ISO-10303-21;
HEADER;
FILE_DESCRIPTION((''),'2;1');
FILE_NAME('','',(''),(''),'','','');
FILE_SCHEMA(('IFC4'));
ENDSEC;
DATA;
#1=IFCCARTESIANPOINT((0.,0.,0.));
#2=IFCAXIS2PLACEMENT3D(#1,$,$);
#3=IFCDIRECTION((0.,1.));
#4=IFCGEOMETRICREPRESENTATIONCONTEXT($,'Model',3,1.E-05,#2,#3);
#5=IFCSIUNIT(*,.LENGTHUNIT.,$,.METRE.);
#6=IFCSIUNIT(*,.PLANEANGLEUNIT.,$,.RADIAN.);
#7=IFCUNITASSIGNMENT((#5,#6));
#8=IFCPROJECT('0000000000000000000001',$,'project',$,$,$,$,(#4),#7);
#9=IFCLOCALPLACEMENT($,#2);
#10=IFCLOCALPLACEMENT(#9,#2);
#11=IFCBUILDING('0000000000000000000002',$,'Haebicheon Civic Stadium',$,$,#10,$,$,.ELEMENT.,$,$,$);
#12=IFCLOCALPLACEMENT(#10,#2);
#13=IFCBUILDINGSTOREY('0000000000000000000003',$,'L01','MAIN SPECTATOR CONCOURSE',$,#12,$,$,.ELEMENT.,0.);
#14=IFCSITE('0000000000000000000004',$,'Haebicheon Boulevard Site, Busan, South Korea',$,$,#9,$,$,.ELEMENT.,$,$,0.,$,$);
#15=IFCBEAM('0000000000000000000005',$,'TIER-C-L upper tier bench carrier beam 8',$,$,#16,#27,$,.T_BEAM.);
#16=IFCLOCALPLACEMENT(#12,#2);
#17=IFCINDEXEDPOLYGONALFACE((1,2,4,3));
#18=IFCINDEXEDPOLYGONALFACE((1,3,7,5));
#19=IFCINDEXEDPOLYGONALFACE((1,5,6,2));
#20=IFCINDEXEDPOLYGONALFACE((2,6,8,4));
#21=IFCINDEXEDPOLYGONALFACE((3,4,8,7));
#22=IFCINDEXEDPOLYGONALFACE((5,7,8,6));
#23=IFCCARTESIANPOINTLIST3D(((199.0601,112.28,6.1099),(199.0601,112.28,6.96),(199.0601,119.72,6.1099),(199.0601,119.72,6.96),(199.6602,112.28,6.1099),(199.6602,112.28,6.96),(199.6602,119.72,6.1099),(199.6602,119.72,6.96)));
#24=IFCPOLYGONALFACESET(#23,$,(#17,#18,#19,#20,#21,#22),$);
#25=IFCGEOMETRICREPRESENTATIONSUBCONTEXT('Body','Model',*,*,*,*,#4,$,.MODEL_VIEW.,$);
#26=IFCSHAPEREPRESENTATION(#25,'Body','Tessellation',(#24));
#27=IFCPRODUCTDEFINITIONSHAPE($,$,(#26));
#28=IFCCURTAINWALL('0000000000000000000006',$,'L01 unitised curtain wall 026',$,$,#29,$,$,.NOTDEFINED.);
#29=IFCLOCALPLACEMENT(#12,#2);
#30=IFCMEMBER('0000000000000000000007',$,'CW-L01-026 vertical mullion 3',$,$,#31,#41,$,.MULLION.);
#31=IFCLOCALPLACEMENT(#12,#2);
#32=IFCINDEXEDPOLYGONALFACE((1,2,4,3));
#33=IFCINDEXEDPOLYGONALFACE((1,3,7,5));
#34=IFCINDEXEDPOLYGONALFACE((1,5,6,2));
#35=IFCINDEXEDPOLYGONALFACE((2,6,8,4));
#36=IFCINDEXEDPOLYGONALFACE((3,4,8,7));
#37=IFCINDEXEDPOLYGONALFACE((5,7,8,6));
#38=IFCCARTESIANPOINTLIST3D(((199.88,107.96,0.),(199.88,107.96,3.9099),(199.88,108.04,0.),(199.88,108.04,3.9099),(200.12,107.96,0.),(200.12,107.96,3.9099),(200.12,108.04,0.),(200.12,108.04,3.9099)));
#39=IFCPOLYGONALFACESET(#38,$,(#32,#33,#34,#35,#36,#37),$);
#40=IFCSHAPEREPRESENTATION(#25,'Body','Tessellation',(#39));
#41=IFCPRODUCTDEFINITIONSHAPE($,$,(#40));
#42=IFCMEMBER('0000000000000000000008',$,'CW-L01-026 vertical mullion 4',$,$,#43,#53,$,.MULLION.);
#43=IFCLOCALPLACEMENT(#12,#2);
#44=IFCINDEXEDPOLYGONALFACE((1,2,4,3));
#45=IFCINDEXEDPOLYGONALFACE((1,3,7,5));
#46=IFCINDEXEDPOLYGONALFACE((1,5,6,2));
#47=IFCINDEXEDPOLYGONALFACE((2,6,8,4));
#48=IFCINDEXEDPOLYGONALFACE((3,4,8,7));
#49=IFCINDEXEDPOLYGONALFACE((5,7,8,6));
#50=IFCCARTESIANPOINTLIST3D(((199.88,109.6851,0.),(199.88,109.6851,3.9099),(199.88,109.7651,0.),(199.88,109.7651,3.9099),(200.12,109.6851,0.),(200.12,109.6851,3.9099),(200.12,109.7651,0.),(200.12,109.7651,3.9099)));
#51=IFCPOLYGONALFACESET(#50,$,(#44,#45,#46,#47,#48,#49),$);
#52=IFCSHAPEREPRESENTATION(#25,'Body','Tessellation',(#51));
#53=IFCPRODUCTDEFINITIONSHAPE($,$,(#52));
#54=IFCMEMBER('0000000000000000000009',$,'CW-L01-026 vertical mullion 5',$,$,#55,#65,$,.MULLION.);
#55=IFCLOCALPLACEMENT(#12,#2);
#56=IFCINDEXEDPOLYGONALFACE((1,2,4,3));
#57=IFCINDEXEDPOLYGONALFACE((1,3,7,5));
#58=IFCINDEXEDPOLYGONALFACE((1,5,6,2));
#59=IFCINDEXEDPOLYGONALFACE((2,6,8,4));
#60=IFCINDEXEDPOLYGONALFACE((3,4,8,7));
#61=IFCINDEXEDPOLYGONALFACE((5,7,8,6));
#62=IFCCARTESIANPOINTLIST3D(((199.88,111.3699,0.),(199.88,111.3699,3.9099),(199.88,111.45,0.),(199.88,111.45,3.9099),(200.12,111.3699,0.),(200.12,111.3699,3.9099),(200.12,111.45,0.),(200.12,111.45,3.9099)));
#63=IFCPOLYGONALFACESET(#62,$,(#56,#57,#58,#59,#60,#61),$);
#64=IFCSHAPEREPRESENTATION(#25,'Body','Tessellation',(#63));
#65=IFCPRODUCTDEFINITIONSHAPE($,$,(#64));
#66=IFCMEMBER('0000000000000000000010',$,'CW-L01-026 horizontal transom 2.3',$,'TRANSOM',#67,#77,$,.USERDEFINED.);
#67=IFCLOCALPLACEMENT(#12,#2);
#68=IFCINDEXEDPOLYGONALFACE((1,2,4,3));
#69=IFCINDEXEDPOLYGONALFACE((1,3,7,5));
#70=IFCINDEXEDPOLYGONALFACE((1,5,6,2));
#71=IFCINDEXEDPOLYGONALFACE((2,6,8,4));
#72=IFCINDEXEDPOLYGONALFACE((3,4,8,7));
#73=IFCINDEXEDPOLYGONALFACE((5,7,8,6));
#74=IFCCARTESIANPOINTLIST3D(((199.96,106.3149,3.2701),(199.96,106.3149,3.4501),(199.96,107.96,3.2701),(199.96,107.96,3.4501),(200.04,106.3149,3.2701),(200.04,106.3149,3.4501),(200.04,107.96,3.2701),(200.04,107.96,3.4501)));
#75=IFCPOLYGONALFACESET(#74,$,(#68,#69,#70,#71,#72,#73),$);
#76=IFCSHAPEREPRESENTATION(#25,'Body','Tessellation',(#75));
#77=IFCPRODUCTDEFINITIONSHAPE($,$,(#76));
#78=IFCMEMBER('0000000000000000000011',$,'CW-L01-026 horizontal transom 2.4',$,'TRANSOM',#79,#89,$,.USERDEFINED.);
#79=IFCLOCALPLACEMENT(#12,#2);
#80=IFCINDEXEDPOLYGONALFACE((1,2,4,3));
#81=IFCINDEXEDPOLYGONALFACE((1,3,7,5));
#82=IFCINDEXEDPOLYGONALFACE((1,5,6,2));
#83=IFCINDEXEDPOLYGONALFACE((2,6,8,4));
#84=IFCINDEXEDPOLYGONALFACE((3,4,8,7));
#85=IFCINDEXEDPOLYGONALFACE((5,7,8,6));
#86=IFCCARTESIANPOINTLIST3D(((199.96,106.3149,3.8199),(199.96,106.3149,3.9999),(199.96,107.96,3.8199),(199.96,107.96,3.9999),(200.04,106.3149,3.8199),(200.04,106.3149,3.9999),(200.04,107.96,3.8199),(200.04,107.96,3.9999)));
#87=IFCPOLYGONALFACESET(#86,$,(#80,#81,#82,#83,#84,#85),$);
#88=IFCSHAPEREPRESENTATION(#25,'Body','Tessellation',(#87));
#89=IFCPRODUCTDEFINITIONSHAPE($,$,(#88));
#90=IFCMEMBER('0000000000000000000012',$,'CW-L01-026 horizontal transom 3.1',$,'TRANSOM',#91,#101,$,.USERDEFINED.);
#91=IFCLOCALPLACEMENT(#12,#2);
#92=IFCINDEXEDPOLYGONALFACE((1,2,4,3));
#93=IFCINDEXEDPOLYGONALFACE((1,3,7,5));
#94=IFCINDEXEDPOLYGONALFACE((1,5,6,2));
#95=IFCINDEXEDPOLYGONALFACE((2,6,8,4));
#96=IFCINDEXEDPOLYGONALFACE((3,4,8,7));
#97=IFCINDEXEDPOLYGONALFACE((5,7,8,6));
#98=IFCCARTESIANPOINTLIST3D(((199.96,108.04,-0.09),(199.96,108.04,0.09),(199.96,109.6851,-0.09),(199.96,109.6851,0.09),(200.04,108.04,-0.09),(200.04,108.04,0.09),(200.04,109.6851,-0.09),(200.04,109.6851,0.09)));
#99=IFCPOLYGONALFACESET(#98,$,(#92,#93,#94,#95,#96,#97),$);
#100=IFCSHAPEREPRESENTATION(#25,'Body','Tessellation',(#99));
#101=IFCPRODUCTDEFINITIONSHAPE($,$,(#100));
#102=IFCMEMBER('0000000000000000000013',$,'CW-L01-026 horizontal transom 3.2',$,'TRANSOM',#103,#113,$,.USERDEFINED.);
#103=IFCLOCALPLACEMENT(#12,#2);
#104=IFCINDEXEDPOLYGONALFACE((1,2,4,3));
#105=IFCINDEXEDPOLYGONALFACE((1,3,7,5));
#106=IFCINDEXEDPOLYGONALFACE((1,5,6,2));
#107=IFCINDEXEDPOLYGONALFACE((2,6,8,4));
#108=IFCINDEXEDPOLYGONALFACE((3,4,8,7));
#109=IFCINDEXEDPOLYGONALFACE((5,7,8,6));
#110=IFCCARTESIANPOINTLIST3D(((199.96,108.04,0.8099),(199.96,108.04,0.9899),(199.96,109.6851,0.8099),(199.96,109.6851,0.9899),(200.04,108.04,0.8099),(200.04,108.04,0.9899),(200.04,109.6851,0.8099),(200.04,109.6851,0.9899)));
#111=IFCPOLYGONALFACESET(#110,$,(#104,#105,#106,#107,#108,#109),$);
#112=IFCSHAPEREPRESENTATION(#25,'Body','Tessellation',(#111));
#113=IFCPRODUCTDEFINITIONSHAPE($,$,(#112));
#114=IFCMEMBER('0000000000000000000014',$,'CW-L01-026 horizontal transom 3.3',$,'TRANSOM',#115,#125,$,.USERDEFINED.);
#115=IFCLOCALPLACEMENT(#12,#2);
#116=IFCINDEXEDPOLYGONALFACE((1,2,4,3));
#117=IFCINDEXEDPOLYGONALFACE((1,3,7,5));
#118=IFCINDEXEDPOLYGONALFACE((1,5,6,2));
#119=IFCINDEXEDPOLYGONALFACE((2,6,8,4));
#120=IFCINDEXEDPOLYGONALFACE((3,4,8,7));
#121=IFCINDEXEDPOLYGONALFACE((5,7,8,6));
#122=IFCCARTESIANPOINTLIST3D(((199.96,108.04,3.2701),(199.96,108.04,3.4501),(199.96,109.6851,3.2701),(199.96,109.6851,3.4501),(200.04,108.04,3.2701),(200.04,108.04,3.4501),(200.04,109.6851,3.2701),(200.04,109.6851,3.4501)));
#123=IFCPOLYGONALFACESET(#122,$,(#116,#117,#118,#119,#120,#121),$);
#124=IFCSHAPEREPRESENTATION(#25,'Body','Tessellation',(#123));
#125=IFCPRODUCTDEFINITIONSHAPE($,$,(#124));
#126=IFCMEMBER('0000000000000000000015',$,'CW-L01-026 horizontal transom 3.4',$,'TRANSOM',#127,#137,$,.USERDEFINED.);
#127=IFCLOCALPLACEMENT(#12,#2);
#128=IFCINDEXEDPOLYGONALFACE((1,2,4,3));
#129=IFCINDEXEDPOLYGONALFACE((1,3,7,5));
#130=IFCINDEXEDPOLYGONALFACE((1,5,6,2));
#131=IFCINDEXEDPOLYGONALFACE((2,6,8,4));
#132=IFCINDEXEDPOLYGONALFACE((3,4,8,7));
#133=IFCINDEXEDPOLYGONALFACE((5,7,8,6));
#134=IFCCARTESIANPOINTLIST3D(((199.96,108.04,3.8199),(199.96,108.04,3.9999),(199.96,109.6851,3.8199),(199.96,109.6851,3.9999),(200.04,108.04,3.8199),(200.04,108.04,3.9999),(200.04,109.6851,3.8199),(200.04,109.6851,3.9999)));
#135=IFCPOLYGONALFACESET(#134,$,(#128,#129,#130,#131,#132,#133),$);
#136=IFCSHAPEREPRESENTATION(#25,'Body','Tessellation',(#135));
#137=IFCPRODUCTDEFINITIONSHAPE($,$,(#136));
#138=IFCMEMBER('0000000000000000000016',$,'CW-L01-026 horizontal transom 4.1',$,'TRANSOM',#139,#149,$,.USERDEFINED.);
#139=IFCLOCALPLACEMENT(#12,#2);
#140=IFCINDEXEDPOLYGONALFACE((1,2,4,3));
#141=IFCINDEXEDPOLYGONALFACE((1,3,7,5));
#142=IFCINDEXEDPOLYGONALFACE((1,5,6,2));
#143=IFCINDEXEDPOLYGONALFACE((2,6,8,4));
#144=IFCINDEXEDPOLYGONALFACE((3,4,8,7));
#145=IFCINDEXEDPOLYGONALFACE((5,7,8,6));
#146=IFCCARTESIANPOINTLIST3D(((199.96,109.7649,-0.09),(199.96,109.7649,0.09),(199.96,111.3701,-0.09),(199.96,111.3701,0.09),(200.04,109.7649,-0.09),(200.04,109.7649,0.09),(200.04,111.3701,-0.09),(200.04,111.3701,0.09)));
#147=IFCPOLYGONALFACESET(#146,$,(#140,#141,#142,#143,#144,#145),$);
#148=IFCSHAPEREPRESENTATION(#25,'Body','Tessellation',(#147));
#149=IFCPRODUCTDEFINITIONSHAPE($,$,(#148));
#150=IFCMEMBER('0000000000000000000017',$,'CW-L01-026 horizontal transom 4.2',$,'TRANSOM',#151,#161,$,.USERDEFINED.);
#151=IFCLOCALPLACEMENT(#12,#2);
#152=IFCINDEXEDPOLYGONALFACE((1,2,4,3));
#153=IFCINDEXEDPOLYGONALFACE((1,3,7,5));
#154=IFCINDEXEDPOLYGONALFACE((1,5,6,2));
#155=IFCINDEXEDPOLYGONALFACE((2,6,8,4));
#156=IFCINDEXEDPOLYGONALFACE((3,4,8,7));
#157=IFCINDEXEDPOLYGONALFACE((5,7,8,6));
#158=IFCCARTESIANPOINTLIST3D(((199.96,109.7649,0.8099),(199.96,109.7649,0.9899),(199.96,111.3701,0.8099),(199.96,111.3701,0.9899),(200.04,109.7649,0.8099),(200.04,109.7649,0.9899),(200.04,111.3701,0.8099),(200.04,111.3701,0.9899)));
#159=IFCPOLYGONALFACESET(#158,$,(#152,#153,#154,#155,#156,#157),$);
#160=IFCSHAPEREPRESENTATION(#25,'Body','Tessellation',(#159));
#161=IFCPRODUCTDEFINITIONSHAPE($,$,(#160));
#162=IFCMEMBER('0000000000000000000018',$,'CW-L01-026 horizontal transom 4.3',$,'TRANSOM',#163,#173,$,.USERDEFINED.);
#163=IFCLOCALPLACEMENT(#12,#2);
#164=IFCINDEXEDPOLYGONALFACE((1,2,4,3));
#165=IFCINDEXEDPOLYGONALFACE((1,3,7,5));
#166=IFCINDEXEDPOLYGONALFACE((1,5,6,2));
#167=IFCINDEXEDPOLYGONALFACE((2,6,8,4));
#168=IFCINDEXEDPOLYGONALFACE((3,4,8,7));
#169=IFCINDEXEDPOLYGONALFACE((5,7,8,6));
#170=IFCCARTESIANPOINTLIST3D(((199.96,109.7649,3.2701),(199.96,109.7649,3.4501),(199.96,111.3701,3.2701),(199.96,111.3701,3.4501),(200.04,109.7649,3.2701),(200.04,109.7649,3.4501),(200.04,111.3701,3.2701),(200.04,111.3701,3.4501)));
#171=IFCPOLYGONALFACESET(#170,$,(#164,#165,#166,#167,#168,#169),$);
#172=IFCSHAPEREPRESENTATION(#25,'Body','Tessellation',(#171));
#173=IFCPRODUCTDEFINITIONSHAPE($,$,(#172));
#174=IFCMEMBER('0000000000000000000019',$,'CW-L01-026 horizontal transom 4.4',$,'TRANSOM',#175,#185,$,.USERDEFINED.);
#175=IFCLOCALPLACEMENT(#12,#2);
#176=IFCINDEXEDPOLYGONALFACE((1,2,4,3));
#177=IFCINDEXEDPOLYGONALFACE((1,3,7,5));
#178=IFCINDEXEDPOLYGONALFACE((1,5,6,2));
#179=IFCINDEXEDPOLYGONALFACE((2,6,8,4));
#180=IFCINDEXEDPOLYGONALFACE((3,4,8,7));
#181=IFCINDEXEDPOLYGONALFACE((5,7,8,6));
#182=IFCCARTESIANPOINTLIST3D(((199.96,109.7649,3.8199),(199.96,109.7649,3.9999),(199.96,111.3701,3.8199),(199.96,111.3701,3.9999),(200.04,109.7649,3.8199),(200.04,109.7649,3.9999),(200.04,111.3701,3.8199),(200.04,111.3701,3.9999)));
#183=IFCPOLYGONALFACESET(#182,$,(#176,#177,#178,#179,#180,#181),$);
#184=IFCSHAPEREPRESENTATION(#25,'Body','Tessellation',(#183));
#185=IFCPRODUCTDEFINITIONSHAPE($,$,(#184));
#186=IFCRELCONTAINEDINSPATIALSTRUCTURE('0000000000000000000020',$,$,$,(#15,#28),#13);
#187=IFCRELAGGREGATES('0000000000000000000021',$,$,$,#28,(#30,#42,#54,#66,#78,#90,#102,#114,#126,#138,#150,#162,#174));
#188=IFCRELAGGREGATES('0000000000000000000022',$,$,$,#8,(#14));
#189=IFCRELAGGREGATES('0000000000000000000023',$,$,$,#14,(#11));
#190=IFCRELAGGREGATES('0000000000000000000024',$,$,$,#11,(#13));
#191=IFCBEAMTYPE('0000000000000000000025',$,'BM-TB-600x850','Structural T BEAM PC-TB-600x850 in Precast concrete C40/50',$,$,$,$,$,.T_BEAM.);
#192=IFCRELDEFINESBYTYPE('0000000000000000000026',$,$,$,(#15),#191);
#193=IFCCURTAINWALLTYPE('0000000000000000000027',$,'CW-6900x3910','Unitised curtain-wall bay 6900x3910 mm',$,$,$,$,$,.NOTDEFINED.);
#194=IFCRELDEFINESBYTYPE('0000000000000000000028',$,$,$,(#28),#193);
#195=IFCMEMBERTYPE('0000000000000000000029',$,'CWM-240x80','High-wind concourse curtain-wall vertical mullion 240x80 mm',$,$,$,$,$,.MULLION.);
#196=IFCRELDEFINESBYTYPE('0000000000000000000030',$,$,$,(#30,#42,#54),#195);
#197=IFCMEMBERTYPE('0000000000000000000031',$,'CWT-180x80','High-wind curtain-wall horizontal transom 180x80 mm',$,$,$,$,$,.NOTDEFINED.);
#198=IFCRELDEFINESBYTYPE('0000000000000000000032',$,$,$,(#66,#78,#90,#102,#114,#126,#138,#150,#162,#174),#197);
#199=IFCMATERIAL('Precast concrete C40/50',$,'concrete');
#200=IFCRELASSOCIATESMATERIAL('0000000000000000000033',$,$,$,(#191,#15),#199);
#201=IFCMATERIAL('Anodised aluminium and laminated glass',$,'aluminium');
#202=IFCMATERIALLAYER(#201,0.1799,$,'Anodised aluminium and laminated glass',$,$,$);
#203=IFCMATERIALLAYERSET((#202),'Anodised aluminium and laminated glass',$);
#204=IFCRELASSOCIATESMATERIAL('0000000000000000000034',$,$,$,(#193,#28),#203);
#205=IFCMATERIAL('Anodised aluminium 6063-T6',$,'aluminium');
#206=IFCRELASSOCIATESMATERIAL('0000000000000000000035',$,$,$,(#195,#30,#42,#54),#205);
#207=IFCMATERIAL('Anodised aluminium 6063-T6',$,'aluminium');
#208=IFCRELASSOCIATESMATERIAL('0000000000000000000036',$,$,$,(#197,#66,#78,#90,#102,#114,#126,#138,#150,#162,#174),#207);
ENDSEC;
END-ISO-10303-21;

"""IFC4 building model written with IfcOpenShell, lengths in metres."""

from ifc_helpers import new_model, si_unit, direction, frame, origin, origin_2d, place, context, subcontext, project, spatial, rectangle, extrude, material, layer, layer_set, material_profile, profile_set, type_object, element, aggregate, save


model = new_model("IFC4")

# Units and contexts
model_context = context("Model", 3, precision=1e-05, world=origin(), true_north=direction((0.0, 1.0)))
body_context = subcontext(model_context, "Body", "Model", "MODEL_VIEW")
ifc_project = project(units=[si_unit("LENGTHUNIT", "METRE"), si_unit("PLANEANGLEUNIT", "RADIAN")], contexts=[model_context])

# Site, building, storey
site_placement = place(None, origin())
site = spatial("IfcSite", under=ifc_project, at=site_placement, Name="Haebicheon Boulevard Site, Busan, South Korea", CompositionType="ELEMENT", RefElevation=0.0)
building_placement = place(site_placement, origin())
building = spatial("IfcBuilding", under=site, at=building_placement, Name="Haebicheon Civic Stadium", CompositionType="ELEMENT")
storey_placement = place(building_placement, origin())
storey = spatial("IfcBuildingStorey", under=building, at=storey_placement, Name="L01", Description="MAIN SPECTATOR CONCOURSE", CompositionType="ELEMENT", Elevation=0.0)

# Beam
ifc_material_1 = material(Name="Precast concrete C40/50", Category="concrete")
ifc_material_profile_1 = material_profile(ifc_material_1, rectangle(XDim=0.6001, YDim=0.8501, at=origin_2d()), Name="PC-TB-600x850")
ifc_profile_set_1 = profile_set([ifc_material_profile_1], Name="Precast concrete C40/50")
beam_type_1 = type_object("IfcBeamType", Name="BM-TB-600x850", Description="Structural T BEAM PC-TB-600x850 in Precast concrete C40/50", PredefinedType="T_BEAM", material=ifc_profile_set_1)
beam_1_placement = place(storey_placement, frame((199.3601, 112.28, 6.5349), z_axis=(0.0, 1.0, 0.0), x_axis=(-1.0, 0.0, 0.0)))
element("IfcBeam", 1, at=beam_1_placement, inside=storey, type_object=beam_type_1, material=ifc_profile_set_1, Name="TIER-C-L upper tier bench carrier beam 8", PredefinedType="T_BEAM", context=body_context, shape_type="SweptSolid", body=[
    extrude(rectangle(XDim=0.6001, YDim=0.8501, at=origin_2d()), origin(), (0.0, 0.0, 1.0), 7.4399),
])

# Curtain wall, members
ifc_material_2 = material(Name="Anodised aluminium and laminated glass", Category="aluminium")
ifc_layer_1 = layer(ifc_material_2, 0.1799, Name="Anodised aluminium and laminated glass")
ifc_layer_set_1 = layer_set([ifc_layer_1], Name="Anodised aluminium and laminated glass")
curtain_wall_type = type_object("IfcCurtainWallType", Name="CW-6900x3910", Description="Unitised curtain-wall bay 6900x3910 mm", PredefinedType="NOTDEFINED", material=ifc_layer_set_1)
curtain_wall_placement = place(storey_placement, origin())
curtain_wall = element("IfcCurtainWall", 2, at=curtain_wall_placement, inside=storey, type_object=curtain_wall_type, material=ifc_layer_set_1, Name="L01 unitised curtain wall 026", PredefinedType="NOTDEFINED")
ifc_material_3 = material(Name="Anodised aluminium 6063-T6", Category="aluminium")
ifc_material_profile_2 = material_profile(ifc_material_3, rectangle(XDim=0.0801, YDim=0.24, at=origin_2d()), Name="ALU-MULL-80x240")
ifc_profile_set_2 = profile_set([ifc_material_profile_2], Name="Anodised aluminium 6063-T6")
member_type_1 = type_object("IfcMemberType", Name="CWM-240x80", Description="High-wind concourse curtain-wall vertical mullion 240x80 mm", PredefinedType="MULLION", material=ifc_profile_set_2)
member_1_placement = place(storey_placement, frame((200.0, 108.0, 0.0), z_axis=(0.0, 0.0, 1.0), x_axis=(0.0, 1.0, 0.0)))
member_1 = element("IfcMember", 3, at=member_1_placement, type_object=member_type_1, material=ifc_profile_set_2, Name="CW-L01-026 vertical mullion 3", PredefinedType="MULLION", context=body_context, shape_type="SweptSolid", body=[
    extrude(rectangle(XDim=0.0801, YDim=0.24, at=origin_2d()), origin(), (0.0, 0.0, 1.0), 3.9099),
])
member_2_placement = place(storey_placement, frame((200.0, 109.7251, 0.0), z_axis=(0.0, 0.0, 1.0), x_axis=(0.0, 1.0, 0.0)))
member_2 = element("IfcMember", 4, at=member_2_placement, type_object=member_type_1, material=ifc_profile_set_2, Name="CW-L01-026 vertical mullion 4", PredefinedType="MULLION", context=body_context, shape_type="SweptSolid", body=[
    extrude(rectangle(XDim=0.0801, YDim=0.24, at=origin_2d()), origin(), (0.0, 0.0, 1.0), 3.9099),
])
member_3_placement = place(storey_placement, frame((200.0, 111.4099, 0.0), z_axis=(0.0, 0.0, 1.0), x_axis=(0.0, 1.0, 0.0)))
member_3 = element("IfcMember", 5, at=member_3_placement, type_object=member_type_1, material=ifc_profile_set_2, Name="CW-L01-026 vertical mullion 5", PredefinedType="MULLION", context=body_context, shape_type="SweptSolid", body=[
    extrude(rectangle(XDim=0.0801, YDim=0.24, at=origin_2d()), origin(), (0.0, 0.0, 1.0), 3.9099),
])
ifc_material_4 = material(Name="Anodised aluminium 6063-T6", Category="aluminium")
ifc_material_profile_3 = material_profile(ifc_material_4, rectangle(XDim=0.0801, YDim=0.1799, at=origin_2d()), Name="ALU-TRAN-80x180")
ifc_profile_set_3 = profile_set([ifc_material_profile_3], Name="Anodised aluminium 6063-T6")
member_type_2 = type_object("IfcMemberType", Name="CWT-180x80", Description="High-wind curtain-wall horizontal transom 180x80 mm", PredefinedType="NOTDEFINED", material=ifc_profile_set_3)
member_4_placement = place(storey_placement, frame((200.0, 106.3149, 3.3601), z_axis=(0.0, 1.0, 0.0), x_axis=(-1.0, 0.0, 0.0)))
member_4 = element("IfcMember", 6, at=member_4_placement, type_object=member_type_2, material=ifc_profile_set_3, Name="CW-L01-026 horizontal transom 2.3", ObjectType="TRANSOM", PredefinedType="USERDEFINED", context=body_context, shape_type="SweptSolid", body=[
    extrude(rectangle(XDim=0.0801, YDim=0.1799, at=origin_2d()), origin(), (0.0, 0.0, 1.0), 1.645),
])
member_5_placement = place(storey_placement, frame((200.0, 106.3149, 3.9099), z_axis=(0.0, 1.0, 0.0), x_axis=(-1.0, 0.0, 0.0)))
member_5 = element("IfcMember", 7, at=member_5_placement, type_object=member_type_2, material=ifc_profile_set_3, Name="CW-L01-026 horizontal transom 2.4", ObjectType="TRANSOM", PredefinedType="USERDEFINED", context=body_context, shape_type="SweptSolid", body=[
    extrude(rectangle(XDim=0.0801, YDim=0.1799, at=origin_2d()), origin(), (0.0, 0.0, 1.0), 1.645),
])
member_6_placement = place(storey_placement, frame((200.0, 108.04, 0.0), z_axis=(0.0, 1.0, 0.0), x_axis=(-1.0, 0.0, 0.0)))
member_6 = element("IfcMember", 8, at=member_6_placement, type_object=member_type_2, material=ifc_profile_set_3, Name="CW-L01-026 horizontal transom 3.1", ObjectType="TRANSOM", PredefinedType="USERDEFINED", context=body_context, shape_type="SweptSolid", body=[
    extrude(rectangle(XDim=0.0801, YDim=0.1799, at=origin_2d()), origin(), (0.0, 0.0, 1.0), 1.645),
])
member_7_placement = place(storey_placement, frame((200.0, 108.04, 0.8999), z_axis=(0.0, 1.0, 0.0), x_axis=(-1.0, 0.0, 0.0)))
member_7 = element("IfcMember", 9, at=member_7_placement, type_object=member_type_2, material=ifc_profile_set_3, Name="CW-L01-026 horizontal transom 3.2", ObjectType="TRANSOM", PredefinedType="USERDEFINED", context=body_context, shape_type="SweptSolid", body=[
    extrude(rectangle(XDim=0.0801, YDim=0.1799, at=origin_2d()), origin(), (0.0, 0.0, 1.0), 1.645),
])
member_8_placement = place(storey_placement, frame((200.0, 108.04, 3.3601), z_axis=(0.0, 1.0, 0.0), x_axis=(-1.0, 0.0, 0.0)))
member_8 = element("IfcMember", 10, at=member_8_placement, type_object=member_type_2, material=ifc_profile_set_3, Name="CW-L01-026 horizontal transom 3.3", ObjectType="TRANSOM", PredefinedType="USERDEFINED", context=body_context, shape_type="SweptSolid", body=[
    extrude(rectangle(XDim=0.0801, YDim=0.1799, at=origin_2d()), origin(), (0.0, 0.0, 1.0), 1.645),
])
member_9_placement = place(storey_placement, frame((200.0, 108.04, 3.9099), z_axis=(0.0, 1.0, 0.0), x_axis=(-1.0, 0.0, 0.0)))
member_9 = element("IfcMember", 11, at=member_9_placement, type_object=member_type_2, material=ifc_profile_set_3, Name="CW-L01-026 horizontal transom 3.4", ObjectType="TRANSOM", PredefinedType="USERDEFINED", context=body_context, shape_type="SweptSolid", body=[
    extrude(rectangle(XDim=0.0801, YDim=0.1799, at=origin_2d()), origin(), (0.0, 0.0, 1.0), 1.645),
])
member_10_placement = place(storey_placement, frame((200.0, 109.7649, 0.0), z_axis=(0.0, 1.0, 0.0), x_axis=(-1.0, 0.0, 0.0)))
member_10 = element("IfcMember", 12, at=member_10_placement, type_object=member_type_2, material=ifc_profile_set_3, Name="CW-L01-026 horizontal transom 4.1", ObjectType="TRANSOM", PredefinedType="USERDEFINED", context=body_context, shape_type="SweptSolid", body=[
    extrude(rectangle(XDim=0.0801, YDim=0.1799, at=origin_2d()), origin(), (0.0, 0.0, 1.0), 1.6052),
])
member_11_placement = place(storey_placement, frame((200.0, 109.7649, 0.8999), z_axis=(0.0, 1.0, 0.0), x_axis=(-1.0, 0.0, 0.0)))
member_11 = element("IfcMember", 13, at=member_11_placement, type_object=member_type_2, material=ifc_profile_set_3, Name="CW-L01-026 horizontal transom 4.2", ObjectType="TRANSOM", PredefinedType="USERDEFINED", context=body_context, shape_type="SweptSolid", body=[
    extrude(rectangle(XDim=0.0801, YDim=0.1799, at=origin_2d()), origin(), (0.0, 0.0, 1.0), 1.6052),
])
member_12_placement = place(storey_placement, frame((200.0, 109.7649, 3.3601), z_axis=(0.0, 1.0, 0.0), x_axis=(-1.0, 0.0, 0.0)))
member_12 = element("IfcMember", 14, at=member_12_placement, type_object=member_type_2, material=ifc_profile_set_3, Name="CW-L01-026 horizontal transom 4.3", ObjectType="TRANSOM", PredefinedType="USERDEFINED", context=body_context, shape_type="SweptSolid", body=[
    extrude(rectangle(XDim=0.0801, YDim=0.1799, at=origin_2d()), origin(), (0.0, 0.0, 1.0), 1.6052),
])
member_13_placement = place(storey_placement, frame((200.0, 109.7649, 3.9099), z_axis=(0.0, 1.0, 0.0), x_axis=(-1.0, 0.0, 0.0)))
member_13 = element("IfcMember", 15, at=member_13_placement, type_object=member_type_2, material=ifc_profile_set_3, Name="CW-L01-026 horizontal transom 4.4", ObjectType="TRANSOM", PredefinedType="USERDEFINED", context=body_context, shape_type="SweptSolid", body=[
    extrude(rectangle(XDim=0.0801, YDim=0.1799, at=origin_2d()), origin(), (0.0, 0.0, 1.0), 1.6052),
])

aggregate(curtain_wall, [member_1, member_2, member_3, member_4, member_5, member_6, member_7, member_8, member_9, member_10, member_11, member_12, member_13])

save(model, "model.ifc")
